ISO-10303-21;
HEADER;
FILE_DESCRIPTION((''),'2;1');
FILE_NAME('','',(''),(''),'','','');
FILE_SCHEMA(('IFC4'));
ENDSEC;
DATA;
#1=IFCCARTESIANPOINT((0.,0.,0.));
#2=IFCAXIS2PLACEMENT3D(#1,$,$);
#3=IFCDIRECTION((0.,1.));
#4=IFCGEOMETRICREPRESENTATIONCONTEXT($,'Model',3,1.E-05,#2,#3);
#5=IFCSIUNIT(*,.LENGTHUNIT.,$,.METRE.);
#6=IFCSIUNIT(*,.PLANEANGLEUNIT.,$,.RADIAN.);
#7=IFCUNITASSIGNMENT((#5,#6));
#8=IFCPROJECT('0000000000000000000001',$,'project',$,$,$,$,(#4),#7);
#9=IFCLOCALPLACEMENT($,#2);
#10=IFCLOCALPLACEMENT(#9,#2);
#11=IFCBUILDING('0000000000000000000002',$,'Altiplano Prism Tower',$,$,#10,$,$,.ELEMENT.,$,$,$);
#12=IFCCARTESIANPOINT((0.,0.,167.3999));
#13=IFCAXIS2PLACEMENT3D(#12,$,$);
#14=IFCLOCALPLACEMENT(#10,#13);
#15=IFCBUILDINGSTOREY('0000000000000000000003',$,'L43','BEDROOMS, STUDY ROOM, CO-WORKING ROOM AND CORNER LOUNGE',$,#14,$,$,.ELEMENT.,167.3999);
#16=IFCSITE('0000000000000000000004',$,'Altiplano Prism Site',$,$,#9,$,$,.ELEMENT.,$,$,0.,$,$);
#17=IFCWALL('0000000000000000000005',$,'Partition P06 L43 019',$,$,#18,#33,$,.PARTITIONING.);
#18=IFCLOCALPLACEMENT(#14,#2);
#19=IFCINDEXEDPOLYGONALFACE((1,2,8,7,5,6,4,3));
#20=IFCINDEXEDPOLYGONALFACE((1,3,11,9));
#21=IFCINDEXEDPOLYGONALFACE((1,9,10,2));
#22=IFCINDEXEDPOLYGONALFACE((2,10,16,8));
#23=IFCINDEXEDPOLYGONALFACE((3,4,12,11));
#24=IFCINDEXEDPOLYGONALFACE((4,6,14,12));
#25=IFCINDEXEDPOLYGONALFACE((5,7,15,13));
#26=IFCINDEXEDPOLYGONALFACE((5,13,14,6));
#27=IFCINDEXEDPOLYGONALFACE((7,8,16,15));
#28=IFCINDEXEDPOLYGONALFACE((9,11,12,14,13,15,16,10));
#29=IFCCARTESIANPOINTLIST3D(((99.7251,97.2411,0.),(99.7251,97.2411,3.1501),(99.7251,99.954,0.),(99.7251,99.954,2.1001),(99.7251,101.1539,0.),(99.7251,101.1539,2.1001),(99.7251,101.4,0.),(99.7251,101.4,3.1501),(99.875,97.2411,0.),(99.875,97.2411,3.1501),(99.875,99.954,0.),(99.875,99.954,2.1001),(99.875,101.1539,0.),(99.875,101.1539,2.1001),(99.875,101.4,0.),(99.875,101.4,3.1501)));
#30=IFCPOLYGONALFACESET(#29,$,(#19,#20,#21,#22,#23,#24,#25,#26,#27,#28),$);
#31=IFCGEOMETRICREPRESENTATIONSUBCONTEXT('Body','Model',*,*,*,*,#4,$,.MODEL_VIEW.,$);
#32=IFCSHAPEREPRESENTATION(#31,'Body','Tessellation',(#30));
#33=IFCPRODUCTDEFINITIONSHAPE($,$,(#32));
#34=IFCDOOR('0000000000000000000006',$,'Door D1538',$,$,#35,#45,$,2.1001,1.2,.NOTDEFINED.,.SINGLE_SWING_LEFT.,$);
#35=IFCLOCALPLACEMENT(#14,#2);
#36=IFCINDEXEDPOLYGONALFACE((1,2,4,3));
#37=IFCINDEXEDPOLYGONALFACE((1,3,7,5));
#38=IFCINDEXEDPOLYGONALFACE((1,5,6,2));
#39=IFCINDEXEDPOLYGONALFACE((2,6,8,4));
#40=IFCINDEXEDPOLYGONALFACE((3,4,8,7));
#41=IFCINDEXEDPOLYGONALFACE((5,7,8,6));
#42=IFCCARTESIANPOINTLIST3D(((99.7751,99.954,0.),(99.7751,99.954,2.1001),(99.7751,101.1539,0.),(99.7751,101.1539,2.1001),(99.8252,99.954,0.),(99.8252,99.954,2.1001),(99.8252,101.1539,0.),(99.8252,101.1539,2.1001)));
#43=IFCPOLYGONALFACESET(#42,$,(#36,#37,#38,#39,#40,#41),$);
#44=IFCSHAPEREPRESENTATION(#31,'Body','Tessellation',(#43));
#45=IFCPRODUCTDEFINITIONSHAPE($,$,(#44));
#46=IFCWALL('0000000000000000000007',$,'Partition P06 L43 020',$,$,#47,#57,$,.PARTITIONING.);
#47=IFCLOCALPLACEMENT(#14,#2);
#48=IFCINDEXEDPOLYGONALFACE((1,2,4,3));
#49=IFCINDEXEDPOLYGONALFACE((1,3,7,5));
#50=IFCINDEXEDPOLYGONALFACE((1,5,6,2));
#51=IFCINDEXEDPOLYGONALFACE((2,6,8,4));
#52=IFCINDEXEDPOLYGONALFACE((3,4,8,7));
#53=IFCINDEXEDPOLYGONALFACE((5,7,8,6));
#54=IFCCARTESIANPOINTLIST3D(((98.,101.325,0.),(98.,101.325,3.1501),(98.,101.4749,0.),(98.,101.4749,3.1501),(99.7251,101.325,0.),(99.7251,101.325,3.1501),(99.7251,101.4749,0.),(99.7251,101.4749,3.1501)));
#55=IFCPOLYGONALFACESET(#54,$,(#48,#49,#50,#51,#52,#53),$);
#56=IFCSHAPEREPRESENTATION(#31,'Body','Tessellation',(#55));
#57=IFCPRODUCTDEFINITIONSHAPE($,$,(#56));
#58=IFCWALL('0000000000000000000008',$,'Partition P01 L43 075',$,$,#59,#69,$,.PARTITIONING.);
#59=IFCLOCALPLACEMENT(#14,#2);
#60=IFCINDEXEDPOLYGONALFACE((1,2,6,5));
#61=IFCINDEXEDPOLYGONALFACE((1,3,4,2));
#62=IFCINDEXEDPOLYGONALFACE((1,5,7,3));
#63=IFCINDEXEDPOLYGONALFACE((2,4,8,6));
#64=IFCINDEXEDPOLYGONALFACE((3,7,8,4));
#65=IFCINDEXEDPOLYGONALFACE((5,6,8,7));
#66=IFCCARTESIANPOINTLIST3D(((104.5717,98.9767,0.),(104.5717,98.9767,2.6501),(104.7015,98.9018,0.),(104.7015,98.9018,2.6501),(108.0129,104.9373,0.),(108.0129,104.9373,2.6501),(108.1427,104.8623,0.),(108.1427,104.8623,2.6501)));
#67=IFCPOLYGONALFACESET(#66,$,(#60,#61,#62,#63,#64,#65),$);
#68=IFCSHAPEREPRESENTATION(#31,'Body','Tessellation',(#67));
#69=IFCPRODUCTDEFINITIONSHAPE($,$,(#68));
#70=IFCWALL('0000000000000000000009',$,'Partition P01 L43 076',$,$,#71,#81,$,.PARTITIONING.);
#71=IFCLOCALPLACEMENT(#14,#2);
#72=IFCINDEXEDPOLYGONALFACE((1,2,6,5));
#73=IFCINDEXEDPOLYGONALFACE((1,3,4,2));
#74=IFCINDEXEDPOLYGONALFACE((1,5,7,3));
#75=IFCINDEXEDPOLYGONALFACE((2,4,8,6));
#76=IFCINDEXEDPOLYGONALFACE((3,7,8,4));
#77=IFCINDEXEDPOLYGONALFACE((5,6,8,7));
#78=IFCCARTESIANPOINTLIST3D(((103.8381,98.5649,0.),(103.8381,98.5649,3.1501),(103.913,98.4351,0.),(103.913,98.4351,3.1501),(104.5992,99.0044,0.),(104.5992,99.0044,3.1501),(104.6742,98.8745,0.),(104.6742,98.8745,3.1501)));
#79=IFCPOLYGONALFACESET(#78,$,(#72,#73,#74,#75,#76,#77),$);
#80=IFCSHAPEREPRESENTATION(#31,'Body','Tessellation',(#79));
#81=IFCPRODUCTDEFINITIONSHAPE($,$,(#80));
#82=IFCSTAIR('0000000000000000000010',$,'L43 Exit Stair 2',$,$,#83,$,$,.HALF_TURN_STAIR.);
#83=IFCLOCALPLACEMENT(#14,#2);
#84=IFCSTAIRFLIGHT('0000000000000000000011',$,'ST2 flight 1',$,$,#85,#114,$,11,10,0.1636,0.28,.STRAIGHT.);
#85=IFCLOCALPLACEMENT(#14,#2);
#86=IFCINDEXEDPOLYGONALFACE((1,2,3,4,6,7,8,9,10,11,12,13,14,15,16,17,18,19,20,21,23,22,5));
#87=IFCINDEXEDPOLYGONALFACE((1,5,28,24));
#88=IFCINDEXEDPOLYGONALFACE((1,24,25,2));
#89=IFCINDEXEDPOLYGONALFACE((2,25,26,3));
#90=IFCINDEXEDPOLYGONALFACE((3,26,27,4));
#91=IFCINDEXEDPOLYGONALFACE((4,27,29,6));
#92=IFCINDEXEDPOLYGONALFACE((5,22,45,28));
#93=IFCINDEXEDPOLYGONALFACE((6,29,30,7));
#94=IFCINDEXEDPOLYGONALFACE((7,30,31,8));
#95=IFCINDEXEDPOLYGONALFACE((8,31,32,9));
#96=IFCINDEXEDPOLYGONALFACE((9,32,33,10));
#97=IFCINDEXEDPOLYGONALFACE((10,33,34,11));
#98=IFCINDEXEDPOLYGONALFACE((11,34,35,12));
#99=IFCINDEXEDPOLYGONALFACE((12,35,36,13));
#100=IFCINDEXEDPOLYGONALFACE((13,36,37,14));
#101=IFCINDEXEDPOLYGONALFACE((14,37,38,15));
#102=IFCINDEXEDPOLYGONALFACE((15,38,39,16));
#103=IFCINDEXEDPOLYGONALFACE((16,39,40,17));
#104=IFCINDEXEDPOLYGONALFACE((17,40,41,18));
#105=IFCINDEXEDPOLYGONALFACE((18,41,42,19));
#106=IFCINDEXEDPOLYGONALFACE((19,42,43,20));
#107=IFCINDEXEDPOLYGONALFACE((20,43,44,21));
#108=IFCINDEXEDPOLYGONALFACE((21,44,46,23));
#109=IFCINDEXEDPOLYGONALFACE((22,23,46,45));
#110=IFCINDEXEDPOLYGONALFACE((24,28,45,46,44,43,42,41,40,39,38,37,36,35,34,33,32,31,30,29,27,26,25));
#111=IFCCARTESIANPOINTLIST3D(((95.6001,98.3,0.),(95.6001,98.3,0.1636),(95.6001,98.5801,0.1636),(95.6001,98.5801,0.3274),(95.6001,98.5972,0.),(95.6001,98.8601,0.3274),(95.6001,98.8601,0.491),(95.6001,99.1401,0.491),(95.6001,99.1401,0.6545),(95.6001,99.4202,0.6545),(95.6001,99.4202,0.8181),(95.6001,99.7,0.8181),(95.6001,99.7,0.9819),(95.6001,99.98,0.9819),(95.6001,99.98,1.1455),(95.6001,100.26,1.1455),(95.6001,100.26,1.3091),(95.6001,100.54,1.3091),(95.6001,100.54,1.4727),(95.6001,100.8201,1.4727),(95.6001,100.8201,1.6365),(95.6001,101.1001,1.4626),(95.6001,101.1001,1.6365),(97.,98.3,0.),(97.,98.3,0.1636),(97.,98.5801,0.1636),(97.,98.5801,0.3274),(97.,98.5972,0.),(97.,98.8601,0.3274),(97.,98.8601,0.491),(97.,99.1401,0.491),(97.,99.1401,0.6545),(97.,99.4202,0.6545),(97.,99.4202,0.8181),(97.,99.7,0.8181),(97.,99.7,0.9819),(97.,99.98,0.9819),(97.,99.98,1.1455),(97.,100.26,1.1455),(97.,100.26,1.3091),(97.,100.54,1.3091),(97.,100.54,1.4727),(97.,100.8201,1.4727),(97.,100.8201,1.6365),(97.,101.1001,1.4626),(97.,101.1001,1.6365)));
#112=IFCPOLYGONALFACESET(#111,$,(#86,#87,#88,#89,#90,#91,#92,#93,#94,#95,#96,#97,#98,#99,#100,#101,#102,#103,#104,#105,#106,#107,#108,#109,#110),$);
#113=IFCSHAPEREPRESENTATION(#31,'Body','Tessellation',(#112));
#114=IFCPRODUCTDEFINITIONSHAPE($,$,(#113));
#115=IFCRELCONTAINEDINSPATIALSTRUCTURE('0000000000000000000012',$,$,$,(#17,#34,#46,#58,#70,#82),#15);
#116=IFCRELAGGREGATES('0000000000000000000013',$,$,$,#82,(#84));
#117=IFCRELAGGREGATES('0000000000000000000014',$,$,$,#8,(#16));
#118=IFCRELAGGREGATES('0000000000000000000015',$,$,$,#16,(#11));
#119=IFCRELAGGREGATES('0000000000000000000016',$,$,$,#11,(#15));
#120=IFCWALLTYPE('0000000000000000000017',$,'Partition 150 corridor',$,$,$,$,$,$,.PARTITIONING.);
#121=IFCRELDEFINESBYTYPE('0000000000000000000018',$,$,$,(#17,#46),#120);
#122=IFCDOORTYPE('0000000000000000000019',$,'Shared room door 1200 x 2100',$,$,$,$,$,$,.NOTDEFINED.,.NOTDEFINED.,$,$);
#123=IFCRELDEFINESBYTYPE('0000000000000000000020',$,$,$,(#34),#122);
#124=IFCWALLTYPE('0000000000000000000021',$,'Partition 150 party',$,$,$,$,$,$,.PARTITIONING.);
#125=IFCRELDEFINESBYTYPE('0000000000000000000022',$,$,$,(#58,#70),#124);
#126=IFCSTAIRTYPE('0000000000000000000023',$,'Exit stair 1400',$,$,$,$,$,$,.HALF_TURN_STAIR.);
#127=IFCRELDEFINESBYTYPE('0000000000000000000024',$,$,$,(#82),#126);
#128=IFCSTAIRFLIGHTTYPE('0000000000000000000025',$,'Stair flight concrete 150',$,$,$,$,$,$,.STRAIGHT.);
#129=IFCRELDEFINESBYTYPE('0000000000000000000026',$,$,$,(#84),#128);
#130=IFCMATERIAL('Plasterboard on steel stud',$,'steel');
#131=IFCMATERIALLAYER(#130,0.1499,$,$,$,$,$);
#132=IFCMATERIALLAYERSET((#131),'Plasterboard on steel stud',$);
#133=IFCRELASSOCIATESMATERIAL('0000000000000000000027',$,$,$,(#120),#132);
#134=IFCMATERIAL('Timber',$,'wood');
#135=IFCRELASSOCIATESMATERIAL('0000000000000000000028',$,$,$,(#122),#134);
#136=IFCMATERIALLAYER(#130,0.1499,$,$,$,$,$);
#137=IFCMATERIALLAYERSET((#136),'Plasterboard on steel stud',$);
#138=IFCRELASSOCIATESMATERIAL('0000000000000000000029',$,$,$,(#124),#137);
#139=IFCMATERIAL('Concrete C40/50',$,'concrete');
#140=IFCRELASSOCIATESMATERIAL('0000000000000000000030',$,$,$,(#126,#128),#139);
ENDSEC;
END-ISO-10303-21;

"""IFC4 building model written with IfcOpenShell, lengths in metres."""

from ifc_helpers import new_model, si_unit, direction, frame, frame_2d, origin, place, context, subcontext, project, spatial, polyline, rectangle, outline, extrude, material, layer, layer_set, type_object, element, fill, aggregate, save


model = new_model("IFC4")

# Units and contexts
model_context = context("Model", 3, precision=1e-05, world=origin(), true_north=direction((0.0, 1.0)))
body_context = subcontext(model_context, "Body", "Model", "MODEL_VIEW")
ifc_project = project(units=[si_unit("LENGTHUNIT", "METRE"), si_unit("PLANEANGLEUNIT", "RADIAN")], contexts=[model_context])

# Site, building, storey
site_placement = place(None, origin())
site = spatial("IfcSite", under=ifc_project, at=site_placement, Name="Altiplano Prism Site", CompositionType="ELEMENT", RefElevation=0.0)
building_placement = place(site_placement, origin())
building = spatial("IfcBuilding", under=site, at=building_placement, Name="Altiplano Prism Tower", CompositionType="ELEMENT")
storey_placement = place(building_placement, frame((0.0, 0.0, 167.3999)))
storey = spatial("IfcBuildingStorey", under=building, at=storey_placement, Name="L43", Description="BEDROOMS, STUDY ROOM, CO-WORKING ROOM AND CORNER LOUNGE", CompositionType="ELEMENT", Elevation=167.3999)

# Shared definitions
ifc_material_1 = material(Name="Plasterboard on steel stud", Category="steel")
ifc_layer_1 = layer(ifc_material_1, 0.1499)
ifc_layer_set_1 = layer_set([ifc_layer_1], Name="Plasterboard on steel stud")
wall_type_1 = type_object("IfcWallType", Name="Partition 150 corridor", PredefinedType="PARTITIONING", material=ifc_layer_set_1)

# Wall, opening, door
wall_1_placement = place(storey_placement, frame((99.8, 97.241, 0.0), z_axis=(0.0, 0.0, 1.0), x_axis=(0.0, 1.0, 0.0)))
wall_1 = element("IfcWall", 1, at=wall_1_placement, inside=storey, type_object=wall_type_1, Name="Partition P06 L43 019", PredefinedType="PARTITIONING", context=body_context, shape_type="SweptSolid", body=[
    extrude(rectangle(XDim=4.1589, YDim=0.1499, at=frame_2d((2.0796, 0.0))), origin(), (0.0, 0.0, 1.0), 3.1501),
])
opening_placement = place(wall_1_placement, frame((2.7129, 0.0, 0.0)))
opening = element("IfcOpeningElement", 2, at=opening_placement, cuts=wall_1, PredefinedType="OPENING", context=body_context, shape_type="SweptSolid", body=[
    extrude(rectangle(XDim=1.2, YDim=2.1001, at=frame_2d((0.6001, 1.05))), frame((0.0, 0.0854, 0.0), z_axis=(0.0, -1.0, 0.0), x_axis=(1.0, 0.0, 0.0)), (0.0, 0.0, 1.0), 0.1709),
])
ifc_material_2 = material(Name="Timber", Category="wood")
door_type = type_object("IfcDoorType", Name="Shared room door 1200 x 2100", OperationType="NOTDEFINED", PredefinedType="NOTDEFINED", material=ifc_material_2)
door_placement = place(opening_placement, origin())
door = element("IfcDoor", 3, at=door_placement, inside=storey, type_object=door_type, Name="Door D1538", OperationType="SINGLE_SWING_LEFT", OverallHeight=2.1001, OverallWidth=1.2, PredefinedType="NOTDEFINED", context=body_context, shape_type="SweptSolid", body=[
    extrude(rectangle(XDim=1.2, YDim=2.1001, at=frame_2d((0.6001, 1.05))), frame((0.0, 0.0249, 0.0), z_axis=(0.0, -1.0, 0.0), x_axis=(1.0, 0.0, 0.0)), (0.0, 0.0, 1.0), 0.05),
])
fill(opening, door)

# Walls
wall_2_placement = place(storey_placement, frame((99.7251, 101.3999, 0.0), z_axis=(0.0, 0.0, 1.0), x_axis=(-1.0, 0.0, 0.0)))
element("IfcWall", 4, at=wall_2_placement, inside=storey, type_object=wall_type_1, Name="Partition P06 L43 020", PredefinedType="PARTITIONING", context=body_context, shape_type="SweptSolid", body=[
    extrude(rectangle(XDim=1.7251, YDim=0.1499, at=frame_2d((0.8625, 0.0))), origin(), (0.0, 0.0, 1.0), 3.1501),
])
ifc_layer_2 = layer(ifc_material_1, 0.1499)
ifc_layer_set_2 = layer_set([ifc_layer_2], Name="Plasterboard on steel stud")
wall_type_2 = type_object("IfcWallType", Name="Partition 150 party", PredefinedType="PARTITIONING", material=ifc_layer_set_2)
wall_3_placement = place(storey_placement, frame((108.0779, 104.8999, 0.0), z_axis=(0.0, 0.0, 1.0), x_axis=(-0.499989, -0.866032, 0.0)))
element("IfcWall", 5, at=wall_3_placement, inside=storey, type_object=wall_type_2, Name="Partition P01 L43 075", PredefinedType="PARTITIONING", context=body_context, shape_type="SweptSolid", body=[
    extrude(rectangle(XDim=6.8826, YDim=0.1499, at=frame_2d((3.4414, 0.0))), origin(), (0.0, 0.0, 1.0), 2.6501),
])
wall_4_placement = place(storey_placement, frame((104.6367, 98.9395, 0.0), z_axis=(0.0, 0.0, 1.0), x_axis=(-0.866047, -0.499963, 0.0)))
element("IfcWall", 6, at=wall_4_placement, inside=storey, type_object=wall_type_2, Name="Partition P01 L43 076", PredefinedType="PARTITIONING", context=body_context, shape_type="SweptSolid", body=[
    extrude(rectangle(XDim=0.8789, YDim=0.1499, at=frame_2d((0.4395, 0.0))), origin(), (0.0, 0.0, 1.0), 3.1501),
])

# Stair, stair flight
ifc_material_3 = material(Name="Concrete C40/50", Category="concrete")
stair_type = type_object("IfcStairType", Name="Exit stair 1400", PredefinedType="HALF_TURN_STAIR", material=ifc_material_3)
stair_placement = place(storey_placement, origin())
stair = element("IfcStair", 7, at=stair_placement, inside=storey, type_object=stair_type, Name="L43 Exit Stair 2", PredefinedType="HALF_TURN_STAIR")
stair_flight_type = type_object("IfcStairFlightType", Name="Stair flight concrete 150", PredefinedType="STRAIGHT", material=ifc_material_3)
stair_flight_placement = place(storey_placement, frame((96.3, 98.3, 0.0), z_axis=(0.0, 0.0, 1.0), x_axis=(0.0, 1.0, 0.0)))
stair_flight = element("IfcStairFlight", 8, at=stair_flight_placement, type_object=stair_flight_type, Name="ST2 flight 1", NumberOfRisers=11, NumberOfTreads=10, PredefinedType="STRAIGHT", RiserHeight=0.1636, TreadLength=0.28, context=body_context, shape_type="SweptSolid", body=[
    extrude(outline(polyline([(0.0, 0.0), (0.0, 0.1636), (0.28, 0.1636), (0.28, 0.3274), (0.5601, 0.3274), (0.5601, 0.491), (0.8401, 0.491), (0.8401, 0.6545), (1.1201, 0.6545), (1.1201, 0.8181), (1.3999, 0.8181), (1.3999, 0.9819), (1.6799, 0.9819), (1.6799, 1.1455), (1.96, 1.1455), (1.96, 1.3091), (2.24, 1.3091), (2.24, 1.4727), (2.52, 1.4727), (2.52, 1.6365), (2.8, 1.6365), (2.8, 1.8), (2.8, 1.4626), (0.2971, 0.0), (0.0, 0.0)])), frame((0.0, 0.7, 0.0), z_axis=(0.0, -1.0, 0.0), x_axis=(1.0, 0.0, 0.0)), (0.0, 0.0, 1.0), 1.3999),
])
aggregate(stair, [stair_flight])

save(model, "model.ifc")
